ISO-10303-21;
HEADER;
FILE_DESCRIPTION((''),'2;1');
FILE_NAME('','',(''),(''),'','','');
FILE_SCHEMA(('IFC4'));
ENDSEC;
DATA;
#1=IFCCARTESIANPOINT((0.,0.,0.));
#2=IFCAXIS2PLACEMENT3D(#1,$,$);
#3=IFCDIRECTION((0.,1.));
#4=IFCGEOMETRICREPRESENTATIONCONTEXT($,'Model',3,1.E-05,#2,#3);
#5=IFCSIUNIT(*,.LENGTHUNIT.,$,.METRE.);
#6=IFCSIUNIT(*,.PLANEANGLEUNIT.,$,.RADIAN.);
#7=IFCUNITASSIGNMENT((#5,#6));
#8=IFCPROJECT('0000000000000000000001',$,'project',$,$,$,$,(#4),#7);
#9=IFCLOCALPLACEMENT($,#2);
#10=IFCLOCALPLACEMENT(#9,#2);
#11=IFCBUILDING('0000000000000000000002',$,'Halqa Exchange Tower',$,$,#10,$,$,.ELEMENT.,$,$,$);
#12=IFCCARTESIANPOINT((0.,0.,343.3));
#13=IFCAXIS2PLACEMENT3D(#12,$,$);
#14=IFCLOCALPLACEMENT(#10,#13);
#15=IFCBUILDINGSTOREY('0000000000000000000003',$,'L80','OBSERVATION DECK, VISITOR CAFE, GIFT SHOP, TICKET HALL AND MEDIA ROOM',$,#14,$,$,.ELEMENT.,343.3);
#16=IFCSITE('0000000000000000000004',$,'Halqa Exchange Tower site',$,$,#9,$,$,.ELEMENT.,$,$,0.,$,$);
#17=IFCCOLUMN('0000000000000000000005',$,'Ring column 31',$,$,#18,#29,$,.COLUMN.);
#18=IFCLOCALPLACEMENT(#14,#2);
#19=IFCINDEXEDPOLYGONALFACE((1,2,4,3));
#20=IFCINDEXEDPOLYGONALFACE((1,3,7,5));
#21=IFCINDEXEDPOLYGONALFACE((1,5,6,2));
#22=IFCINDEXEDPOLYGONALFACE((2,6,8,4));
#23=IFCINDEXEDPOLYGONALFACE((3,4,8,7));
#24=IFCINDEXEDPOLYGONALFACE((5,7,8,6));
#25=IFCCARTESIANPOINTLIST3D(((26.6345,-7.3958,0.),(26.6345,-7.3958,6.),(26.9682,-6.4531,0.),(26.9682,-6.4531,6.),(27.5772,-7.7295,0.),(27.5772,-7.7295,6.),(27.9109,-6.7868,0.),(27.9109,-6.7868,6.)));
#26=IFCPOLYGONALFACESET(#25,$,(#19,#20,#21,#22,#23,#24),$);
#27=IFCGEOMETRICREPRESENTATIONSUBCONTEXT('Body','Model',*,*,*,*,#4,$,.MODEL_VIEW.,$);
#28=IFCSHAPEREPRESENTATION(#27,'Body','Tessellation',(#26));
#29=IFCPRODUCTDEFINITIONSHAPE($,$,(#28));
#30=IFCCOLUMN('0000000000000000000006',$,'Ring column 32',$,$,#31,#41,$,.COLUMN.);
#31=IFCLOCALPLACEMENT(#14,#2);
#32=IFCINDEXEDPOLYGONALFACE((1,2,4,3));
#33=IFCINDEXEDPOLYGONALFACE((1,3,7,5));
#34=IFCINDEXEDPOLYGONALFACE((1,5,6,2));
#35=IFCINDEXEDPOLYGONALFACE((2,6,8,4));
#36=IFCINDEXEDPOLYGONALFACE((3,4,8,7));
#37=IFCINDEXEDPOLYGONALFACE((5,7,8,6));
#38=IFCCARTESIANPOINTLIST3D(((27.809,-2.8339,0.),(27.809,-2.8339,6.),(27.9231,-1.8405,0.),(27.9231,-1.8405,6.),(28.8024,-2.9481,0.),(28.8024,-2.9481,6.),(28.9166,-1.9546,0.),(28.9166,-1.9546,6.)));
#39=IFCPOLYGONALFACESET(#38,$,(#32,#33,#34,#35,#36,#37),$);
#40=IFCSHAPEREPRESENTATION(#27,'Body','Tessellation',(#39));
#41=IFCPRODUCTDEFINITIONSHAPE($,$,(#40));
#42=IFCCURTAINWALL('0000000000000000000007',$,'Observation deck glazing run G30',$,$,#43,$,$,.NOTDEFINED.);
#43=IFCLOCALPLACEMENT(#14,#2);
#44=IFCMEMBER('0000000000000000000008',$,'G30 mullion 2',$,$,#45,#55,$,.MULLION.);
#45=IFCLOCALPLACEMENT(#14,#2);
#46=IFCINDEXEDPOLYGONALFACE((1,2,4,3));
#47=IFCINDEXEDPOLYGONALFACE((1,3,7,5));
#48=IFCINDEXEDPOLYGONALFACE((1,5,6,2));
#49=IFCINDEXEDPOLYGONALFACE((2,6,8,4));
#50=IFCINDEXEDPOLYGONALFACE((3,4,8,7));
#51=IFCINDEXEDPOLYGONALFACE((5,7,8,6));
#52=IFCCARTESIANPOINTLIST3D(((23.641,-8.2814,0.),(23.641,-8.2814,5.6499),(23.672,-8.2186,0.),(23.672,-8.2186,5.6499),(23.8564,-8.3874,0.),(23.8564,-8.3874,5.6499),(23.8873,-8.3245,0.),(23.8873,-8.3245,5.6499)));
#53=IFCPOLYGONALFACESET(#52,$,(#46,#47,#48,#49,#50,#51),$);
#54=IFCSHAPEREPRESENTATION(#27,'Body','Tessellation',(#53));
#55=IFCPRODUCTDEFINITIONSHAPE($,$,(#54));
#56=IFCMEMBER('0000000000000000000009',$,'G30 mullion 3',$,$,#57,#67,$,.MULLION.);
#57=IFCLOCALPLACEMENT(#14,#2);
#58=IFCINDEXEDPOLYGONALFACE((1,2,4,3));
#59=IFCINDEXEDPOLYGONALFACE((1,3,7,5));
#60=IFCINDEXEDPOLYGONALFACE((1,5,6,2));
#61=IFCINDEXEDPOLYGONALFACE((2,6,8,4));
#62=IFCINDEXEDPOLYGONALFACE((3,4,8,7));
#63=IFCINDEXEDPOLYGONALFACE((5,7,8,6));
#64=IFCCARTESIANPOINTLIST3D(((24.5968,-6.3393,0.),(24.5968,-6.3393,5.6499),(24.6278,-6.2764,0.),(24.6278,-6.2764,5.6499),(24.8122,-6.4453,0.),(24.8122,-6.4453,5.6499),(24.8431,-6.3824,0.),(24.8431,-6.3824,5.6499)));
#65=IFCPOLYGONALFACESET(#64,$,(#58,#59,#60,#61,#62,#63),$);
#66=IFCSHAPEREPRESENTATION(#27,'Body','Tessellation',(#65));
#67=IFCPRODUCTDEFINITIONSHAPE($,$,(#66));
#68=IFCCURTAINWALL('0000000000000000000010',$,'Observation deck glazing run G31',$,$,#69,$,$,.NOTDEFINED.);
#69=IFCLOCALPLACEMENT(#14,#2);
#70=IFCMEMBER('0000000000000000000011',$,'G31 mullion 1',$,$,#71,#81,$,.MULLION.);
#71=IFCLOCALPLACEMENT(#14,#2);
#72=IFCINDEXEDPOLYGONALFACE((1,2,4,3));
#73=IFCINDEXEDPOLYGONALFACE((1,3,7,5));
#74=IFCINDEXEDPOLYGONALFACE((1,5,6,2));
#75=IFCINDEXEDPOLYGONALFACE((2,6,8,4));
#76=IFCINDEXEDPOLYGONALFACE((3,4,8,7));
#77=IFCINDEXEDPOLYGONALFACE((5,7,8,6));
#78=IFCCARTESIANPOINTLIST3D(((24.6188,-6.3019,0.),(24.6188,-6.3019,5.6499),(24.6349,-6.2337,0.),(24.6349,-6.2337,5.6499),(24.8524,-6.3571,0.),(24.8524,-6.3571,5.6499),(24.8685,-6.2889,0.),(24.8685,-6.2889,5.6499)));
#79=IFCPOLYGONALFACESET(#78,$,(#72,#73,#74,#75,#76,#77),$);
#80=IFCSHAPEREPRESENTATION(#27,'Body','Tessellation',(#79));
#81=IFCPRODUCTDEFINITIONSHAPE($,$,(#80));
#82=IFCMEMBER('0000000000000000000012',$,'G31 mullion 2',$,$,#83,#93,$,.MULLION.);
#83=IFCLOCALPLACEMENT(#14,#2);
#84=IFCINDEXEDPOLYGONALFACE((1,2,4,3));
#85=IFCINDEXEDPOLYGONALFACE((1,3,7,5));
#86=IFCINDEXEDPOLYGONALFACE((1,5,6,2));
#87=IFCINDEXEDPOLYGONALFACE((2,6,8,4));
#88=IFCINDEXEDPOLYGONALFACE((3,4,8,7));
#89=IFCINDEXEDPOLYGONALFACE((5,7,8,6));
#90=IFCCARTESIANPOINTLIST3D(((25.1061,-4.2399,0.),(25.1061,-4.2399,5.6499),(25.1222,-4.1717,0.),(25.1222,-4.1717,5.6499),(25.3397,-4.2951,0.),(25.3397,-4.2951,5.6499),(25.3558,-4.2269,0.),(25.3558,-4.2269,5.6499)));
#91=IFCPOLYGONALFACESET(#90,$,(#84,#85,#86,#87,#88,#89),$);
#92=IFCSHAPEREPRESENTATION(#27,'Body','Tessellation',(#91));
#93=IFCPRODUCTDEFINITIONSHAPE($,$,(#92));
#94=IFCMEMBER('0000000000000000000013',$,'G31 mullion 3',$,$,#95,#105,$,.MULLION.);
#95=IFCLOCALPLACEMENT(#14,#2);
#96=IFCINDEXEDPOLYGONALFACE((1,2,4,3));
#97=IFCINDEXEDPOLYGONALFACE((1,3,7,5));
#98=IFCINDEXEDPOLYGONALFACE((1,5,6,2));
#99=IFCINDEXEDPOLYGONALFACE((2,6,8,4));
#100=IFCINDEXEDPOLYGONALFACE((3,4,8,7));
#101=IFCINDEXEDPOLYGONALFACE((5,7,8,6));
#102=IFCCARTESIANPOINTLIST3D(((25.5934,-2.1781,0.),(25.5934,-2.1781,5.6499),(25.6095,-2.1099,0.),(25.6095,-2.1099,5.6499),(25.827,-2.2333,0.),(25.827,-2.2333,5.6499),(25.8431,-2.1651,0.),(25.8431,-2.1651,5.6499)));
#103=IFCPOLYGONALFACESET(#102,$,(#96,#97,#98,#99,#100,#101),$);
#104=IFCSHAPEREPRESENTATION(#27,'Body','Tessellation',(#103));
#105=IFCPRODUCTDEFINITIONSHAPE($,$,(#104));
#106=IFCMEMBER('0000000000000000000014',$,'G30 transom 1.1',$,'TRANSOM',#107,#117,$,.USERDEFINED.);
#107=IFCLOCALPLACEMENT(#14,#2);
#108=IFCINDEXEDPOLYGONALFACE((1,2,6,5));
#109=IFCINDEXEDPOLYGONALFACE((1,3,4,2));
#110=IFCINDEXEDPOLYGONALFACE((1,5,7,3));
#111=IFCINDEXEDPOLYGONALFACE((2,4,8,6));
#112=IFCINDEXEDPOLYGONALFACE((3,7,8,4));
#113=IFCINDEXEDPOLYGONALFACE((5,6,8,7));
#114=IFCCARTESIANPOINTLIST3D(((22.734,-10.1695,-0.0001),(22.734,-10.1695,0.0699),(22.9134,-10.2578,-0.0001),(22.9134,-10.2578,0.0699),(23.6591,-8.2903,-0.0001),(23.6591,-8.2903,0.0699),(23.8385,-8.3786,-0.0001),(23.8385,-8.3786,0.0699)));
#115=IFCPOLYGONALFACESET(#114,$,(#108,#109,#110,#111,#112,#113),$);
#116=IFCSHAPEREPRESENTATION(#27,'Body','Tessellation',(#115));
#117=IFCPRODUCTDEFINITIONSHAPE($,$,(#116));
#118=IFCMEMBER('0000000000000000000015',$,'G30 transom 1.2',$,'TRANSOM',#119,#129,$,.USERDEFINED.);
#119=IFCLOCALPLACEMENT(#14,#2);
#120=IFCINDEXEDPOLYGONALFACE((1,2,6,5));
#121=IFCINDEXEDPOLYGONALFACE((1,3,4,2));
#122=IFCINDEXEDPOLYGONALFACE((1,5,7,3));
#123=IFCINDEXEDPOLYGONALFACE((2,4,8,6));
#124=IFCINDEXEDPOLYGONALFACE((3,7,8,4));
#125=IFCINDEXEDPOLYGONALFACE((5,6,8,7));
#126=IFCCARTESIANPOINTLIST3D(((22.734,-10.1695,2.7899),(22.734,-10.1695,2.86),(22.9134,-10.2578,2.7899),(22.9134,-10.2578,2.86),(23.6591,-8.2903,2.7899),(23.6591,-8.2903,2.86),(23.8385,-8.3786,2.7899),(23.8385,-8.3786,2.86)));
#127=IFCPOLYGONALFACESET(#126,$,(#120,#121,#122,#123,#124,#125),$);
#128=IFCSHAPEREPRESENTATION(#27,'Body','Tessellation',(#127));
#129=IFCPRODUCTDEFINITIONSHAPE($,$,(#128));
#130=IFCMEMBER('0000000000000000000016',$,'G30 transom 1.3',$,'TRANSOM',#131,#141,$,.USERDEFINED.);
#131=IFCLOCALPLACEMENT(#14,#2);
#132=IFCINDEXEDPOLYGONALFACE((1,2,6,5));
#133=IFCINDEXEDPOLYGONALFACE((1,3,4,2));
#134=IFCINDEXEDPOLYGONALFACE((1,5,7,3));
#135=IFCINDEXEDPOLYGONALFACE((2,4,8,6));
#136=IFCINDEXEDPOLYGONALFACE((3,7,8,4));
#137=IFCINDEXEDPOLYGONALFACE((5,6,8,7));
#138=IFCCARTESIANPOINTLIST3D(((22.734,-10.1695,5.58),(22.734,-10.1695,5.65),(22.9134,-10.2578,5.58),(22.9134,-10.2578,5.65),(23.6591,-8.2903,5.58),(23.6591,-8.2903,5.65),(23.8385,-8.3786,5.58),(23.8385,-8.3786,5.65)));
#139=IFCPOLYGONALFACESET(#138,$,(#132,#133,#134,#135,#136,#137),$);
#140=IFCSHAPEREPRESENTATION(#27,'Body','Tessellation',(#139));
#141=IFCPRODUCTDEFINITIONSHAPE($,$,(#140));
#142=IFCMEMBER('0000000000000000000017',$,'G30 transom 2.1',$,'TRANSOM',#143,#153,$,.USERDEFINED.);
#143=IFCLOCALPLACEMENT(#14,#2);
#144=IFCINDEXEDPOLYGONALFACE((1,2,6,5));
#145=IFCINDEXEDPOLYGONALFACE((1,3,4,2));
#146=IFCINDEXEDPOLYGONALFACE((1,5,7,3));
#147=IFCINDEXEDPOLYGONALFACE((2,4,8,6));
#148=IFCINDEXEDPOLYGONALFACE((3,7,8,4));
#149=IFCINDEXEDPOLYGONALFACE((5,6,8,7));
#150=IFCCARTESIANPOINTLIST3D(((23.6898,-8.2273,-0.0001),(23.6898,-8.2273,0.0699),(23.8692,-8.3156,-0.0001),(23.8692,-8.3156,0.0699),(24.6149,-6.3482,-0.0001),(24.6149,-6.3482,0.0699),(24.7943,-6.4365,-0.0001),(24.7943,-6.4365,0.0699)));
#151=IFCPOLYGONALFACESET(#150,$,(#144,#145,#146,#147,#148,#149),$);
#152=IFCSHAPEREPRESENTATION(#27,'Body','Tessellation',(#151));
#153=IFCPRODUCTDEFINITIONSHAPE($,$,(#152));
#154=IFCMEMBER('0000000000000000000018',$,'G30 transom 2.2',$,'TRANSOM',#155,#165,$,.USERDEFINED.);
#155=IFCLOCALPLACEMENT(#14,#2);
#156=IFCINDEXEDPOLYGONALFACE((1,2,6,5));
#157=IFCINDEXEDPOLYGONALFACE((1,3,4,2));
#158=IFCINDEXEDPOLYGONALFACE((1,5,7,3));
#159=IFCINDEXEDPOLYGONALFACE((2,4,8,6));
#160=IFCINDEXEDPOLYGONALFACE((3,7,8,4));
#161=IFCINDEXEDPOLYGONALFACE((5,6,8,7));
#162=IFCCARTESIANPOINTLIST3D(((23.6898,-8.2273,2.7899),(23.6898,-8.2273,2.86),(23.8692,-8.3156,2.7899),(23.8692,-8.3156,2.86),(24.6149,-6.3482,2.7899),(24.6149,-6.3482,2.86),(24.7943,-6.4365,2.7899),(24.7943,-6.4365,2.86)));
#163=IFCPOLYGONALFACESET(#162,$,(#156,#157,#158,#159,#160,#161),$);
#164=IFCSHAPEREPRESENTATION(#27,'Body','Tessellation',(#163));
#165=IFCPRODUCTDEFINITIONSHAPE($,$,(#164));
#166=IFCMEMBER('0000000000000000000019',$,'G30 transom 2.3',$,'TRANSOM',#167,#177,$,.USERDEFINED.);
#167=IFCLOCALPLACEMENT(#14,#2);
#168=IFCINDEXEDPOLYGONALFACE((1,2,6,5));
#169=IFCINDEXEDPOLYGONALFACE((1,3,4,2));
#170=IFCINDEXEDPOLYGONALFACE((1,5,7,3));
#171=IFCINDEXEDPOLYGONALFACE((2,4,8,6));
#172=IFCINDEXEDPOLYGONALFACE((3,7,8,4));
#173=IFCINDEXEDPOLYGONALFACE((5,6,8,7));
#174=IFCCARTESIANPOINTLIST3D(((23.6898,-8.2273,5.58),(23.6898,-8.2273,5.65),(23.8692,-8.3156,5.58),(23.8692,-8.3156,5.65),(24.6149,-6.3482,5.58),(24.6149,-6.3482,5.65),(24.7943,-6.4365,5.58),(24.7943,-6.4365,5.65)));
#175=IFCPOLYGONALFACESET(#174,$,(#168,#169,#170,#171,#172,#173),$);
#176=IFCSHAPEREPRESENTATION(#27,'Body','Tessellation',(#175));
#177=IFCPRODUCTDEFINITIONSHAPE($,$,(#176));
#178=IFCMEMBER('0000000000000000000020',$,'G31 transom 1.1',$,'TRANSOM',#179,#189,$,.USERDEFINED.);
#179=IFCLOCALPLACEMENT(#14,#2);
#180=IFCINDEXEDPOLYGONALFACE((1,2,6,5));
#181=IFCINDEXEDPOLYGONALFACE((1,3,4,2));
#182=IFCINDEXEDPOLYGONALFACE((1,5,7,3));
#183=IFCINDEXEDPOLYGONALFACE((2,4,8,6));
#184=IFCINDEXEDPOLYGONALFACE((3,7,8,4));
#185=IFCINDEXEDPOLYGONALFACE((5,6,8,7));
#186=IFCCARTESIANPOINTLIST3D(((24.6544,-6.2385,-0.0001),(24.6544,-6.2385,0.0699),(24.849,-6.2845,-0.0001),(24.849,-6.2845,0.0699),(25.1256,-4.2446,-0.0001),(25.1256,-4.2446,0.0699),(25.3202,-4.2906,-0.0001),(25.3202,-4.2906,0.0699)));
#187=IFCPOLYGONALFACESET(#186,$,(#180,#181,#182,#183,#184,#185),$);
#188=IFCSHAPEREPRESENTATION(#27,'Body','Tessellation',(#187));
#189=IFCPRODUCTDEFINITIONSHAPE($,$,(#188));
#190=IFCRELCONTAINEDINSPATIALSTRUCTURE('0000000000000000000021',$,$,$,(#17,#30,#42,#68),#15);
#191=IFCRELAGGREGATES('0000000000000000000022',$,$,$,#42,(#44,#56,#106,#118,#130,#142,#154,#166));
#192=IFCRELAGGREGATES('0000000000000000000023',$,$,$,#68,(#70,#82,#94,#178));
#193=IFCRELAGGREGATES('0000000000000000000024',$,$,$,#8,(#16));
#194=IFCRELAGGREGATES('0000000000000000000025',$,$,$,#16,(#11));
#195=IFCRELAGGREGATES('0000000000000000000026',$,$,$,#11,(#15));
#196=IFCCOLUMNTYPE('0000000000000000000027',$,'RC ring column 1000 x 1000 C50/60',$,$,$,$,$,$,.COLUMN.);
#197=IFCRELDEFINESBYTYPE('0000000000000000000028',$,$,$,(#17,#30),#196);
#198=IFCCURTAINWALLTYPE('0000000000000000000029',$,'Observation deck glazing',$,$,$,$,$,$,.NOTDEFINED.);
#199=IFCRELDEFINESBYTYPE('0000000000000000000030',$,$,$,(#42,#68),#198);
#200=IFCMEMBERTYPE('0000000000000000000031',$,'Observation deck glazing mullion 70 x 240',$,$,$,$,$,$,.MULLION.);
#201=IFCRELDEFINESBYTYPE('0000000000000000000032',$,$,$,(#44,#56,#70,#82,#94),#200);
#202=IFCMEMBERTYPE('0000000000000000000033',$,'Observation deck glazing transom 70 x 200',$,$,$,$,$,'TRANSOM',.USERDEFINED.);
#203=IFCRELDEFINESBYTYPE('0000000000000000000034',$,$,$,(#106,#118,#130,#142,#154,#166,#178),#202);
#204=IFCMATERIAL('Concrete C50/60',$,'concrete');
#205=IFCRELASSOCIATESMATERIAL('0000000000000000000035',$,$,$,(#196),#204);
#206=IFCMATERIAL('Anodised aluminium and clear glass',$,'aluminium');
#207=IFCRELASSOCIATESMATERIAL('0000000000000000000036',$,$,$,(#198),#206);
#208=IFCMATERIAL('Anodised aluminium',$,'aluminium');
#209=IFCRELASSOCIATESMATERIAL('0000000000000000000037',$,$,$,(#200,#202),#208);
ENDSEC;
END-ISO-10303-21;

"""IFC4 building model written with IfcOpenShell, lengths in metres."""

from ifc_helpers import new_model, si_unit, direction, frame, origin, origin_2d, place, context, subcontext, project, spatial, rectangle, extrude, material, material_profile, profile_set, type_object, element, aggregate, save


model = new_model("IFC4")

# Units and contexts
model_context = context("Model", 3, precision=1e-05, world=origin(), true_north=direction((0.0, 1.0)))
body_context = subcontext(model_context, "Body", "Model", "MODEL_VIEW")
ifc_project = project(units=[si_unit("LENGTHUNIT", "METRE"), si_unit("PLANEANGLEUNIT", "RADIAN")], contexts=[model_context])

# Site, building, storey
site_placement = place(None, origin())
site = spatial("IfcSite", under=ifc_project, at=site_placement, Name="Halqa Exchange Tower site", CompositionType="ELEMENT", RefElevation=0.0)
building_placement = place(site_placement, origin())
building = spatial("IfcBuilding", under=site, at=building_placement, Name="Halqa Exchange Tower", CompositionType="ELEMENT")
storey_placement = place(building_placement, frame((0.0, 0.0, 343.3)))
storey = spatial("IfcBuildingStorey", under=building, at=storey_placement, Name="L80", Description="OBSERVATION DECK, VISITOR CAFE, GIFT SHOP, TICKET HALL AND MEDIA ROOM", CompositionType="ELEMENT", Elevation=343.3)

# Columns
ifc_material_1 = material(Name="Concrete C50/60", Category="concrete")
ifc_material_profile_1 = material_profile(ifc_material_1, rectangle(XDim=1.0, YDim=1.0, at=origin_2d()), Name="1000 x 1000")
ifc_profile_set_1 = profile_set([ifc_material_profile_1], Name="Concrete C50/60")
column_type = type_object("IfcColumnType", Name="RC ring column 1000 x 1000 C50/60", PredefinedType="COLUMN", material=ifc_profile_set_1)
for number, where, z_axis, x_axis, name in (
    (1, (27.2727, -7.0913, 0.0), (0.0, 0.0, 1.0), (0.333624, 0.942706, 0.0), "Ring column 31"),
    (2, (28.3628, -2.3943, 0.0), (0.0, 0.0, 1.0), (0.11416, 0.993462, 0.0), "Ring column 32"),
):
    element("IfcColumn", number, at=place(storey_placement, frame(where, z_axis=z_axis, x_axis=x_axis)), inside=storey, type_object=column_type, Name=name, PredefinedType="COLUMN", context=body_context, shape_type="SweptSolid", body=[
        extrude(rectangle(XDim=1.0, YDim=1.0, at=origin_2d()), origin(), (0.0, 0.0, 1.0), 6.0),
    ])

# Curtain walls, members
ifc_material_2 = material(Name="Anodised aluminium and clear glass", Category="aluminium")
curtain_wall_type = type_object("IfcCurtainWallType", Name="Observation deck glazing", PredefinedType="NOTDEFINED", material=ifc_material_2)
curtain_wall_1_placement = place(storey_placement, origin())
curtain_wall_1 = element("IfcCurtainWall", 3, at=curtain_wall_1_placement, inside=storey, type_object=curtain_wall_type, Name="Observation deck glazing run G30", PredefinedType="NOTDEFINED")
ifc_material_3 = material(Name="Anodised aluminium", Category="aluminium")
ifc_material_profile_2 = material_profile(ifc_material_3, rectangle(XDim=0.24, YDim=0.0701, at=origin_2d()), Name="AL 70x240")
ifc_profile_set_2 = profile_set([ifc_material_profile_2], Name="Anodised aluminium")
member_type_1 = type_object("IfcMemberType", Name="Observation deck glazing mullion 70 x 240", PredefinedType="MULLION", material=ifc_profile_set_2)
member_1_placement = place(storey_placement, frame((23.7642, -8.303, 0.0), z_axis=(0.0, 0.0, 1.0), x_axis=(-0.897215, 0.441595, 0.0)))
member_1 = element("IfcMember", 4, at=member_1_placement, type_object=member_type_1, Name="G30 mullion 2", PredefinedType="MULLION", context=body_context, shape_type="SweptSolid", body=[
    extrude(rectangle(XDim=0.24, YDim=0.0701, at=origin_2d()), origin(), (0.0, 0.0, 1.0), 5.6499),
])
member_2_placement = place(storey_placement, frame((24.72, -6.3608, 0.0), z_axis=(0.0, 0.0, 1.0), x_axis=(-0.897215, 0.441595, 0.0)))
member_2 = element("IfcMember", 5, at=member_2_placement, type_object=member_type_1, Name="G30 mullion 3", PredefinedType="MULLION", context=body_context, shape_type="SweptSolid", body=[
    extrude(rectangle(XDim=0.24, YDim=0.0701, at=origin_2d()), origin(), (0.0, 0.0, 1.0), 5.6499),
])
curtain_wall_2_placement = place(storey_placement, origin())
curtain_wall_2 = element("IfcCurtainWall", 6, at=curtain_wall_2_placement, inside=storey, type_object=curtain_wall_type, Name="Observation deck glazing run G31", PredefinedType="NOTDEFINED")
member_3_placement = place(storey_placement, frame((24.7437, -6.2954, 0.0), z_axis=(0.0, 0.0, 1.0), x_axis=(-0.973192, 0.229995, 0.0)))
member_3 = element("IfcMember", 7, at=member_3_placement, type_object=member_type_1, Name="G31 mullion 1", PredefinedType="MULLION", context=body_context, shape_type="SweptSolid", body=[
    extrude(rectangle(XDim=0.24, YDim=0.0701, at=origin_2d()), origin(), (0.0, 0.0, 1.0), 5.6499),
])
member_4_placement = place(storey_placement, frame((25.231, -4.2334, 0.0), z_axis=(0.0, 0.0, 1.0), x_axis=(-0.973192, 0.229995, 0.0)))
member_4 = element("IfcMember", 8, at=member_4_placement, type_object=member_type_1, Name="G31 mullion 2", PredefinedType="MULLION", context=body_context, shape_type="SweptSolid", body=[
    extrude(rectangle(XDim=0.24, YDim=0.0701, at=origin_2d()), origin(), (0.0, 0.0, 1.0), 5.6499),
])
member_5_placement = place(storey_placement, frame((25.7183, -2.1716, 0.0), z_axis=(0.0, 0.0, 1.0), x_axis=(-0.973192, 0.229995, 0.0)))
member_5 = element("IfcMember", 9, at=member_5_placement, type_object=member_type_1, Name="G31 mullion 3", PredefinedType="MULLION", context=body_context, shape_type="SweptSolid", body=[
    extrude(rectangle(XDim=0.24, YDim=0.0701, at=origin_2d()), origin(), (0.0, 0.0, 1.0), 5.6499),
])

# Members
ifc_material_profile_3 = material_profile(ifc_material_3, rectangle(XDim=0.2, YDim=0.0701, at=origin_2d()), Name="AL 70x200")
ifc_profile_set_3 = profile_set([ifc_material_profile_3], Name="Anodised aluminium")
member_type_2 = type_object("IfcMemberType", Name="Observation deck glazing transom 70 x 200", ElementType="TRANSOM", PredefinedType="USERDEFINED", material=ifc_profile_set_3)
member_6_placement = place(storey_placement, frame((22.8237, -10.2136, 0.0349), z_axis=(0.441657, 0.897184, 0.0), x_axis=(-0.897184, 0.441657, 0.0)))
member_6 = element("IfcMember", 10, at=member_6_placement, type_object=member_type_2, Name="G30 transom 1.1", ObjectType="TRANSOM", PredefinedType="USERDEFINED", context=body_context, shape_type="SweptSolid", body=[
    extrude(rectangle(XDim=0.2, YDim=0.0701, at=origin_2d()), origin(), (0.0, 0.0, 1.0), 2.0945),
])
member_7_placement = place(storey_placement, frame((22.8237, -10.2136, 2.825), z_axis=(0.441657, 0.897184, 0.0), x_axis=(-0.897184, 0.441657, 0.0)))
member_7 = element("IfcMember", 11, at=member_7_placement, type_object=member_type_2, Name="G30 transom 1.2", ObjectType="TRANSOM", PredefinedType="USERDEFINED", context=body_context, shape_type="SweptSolid", body=[
    extrude(rectangle(XDim=0.2, YDim=0.0701, at=origin_2d()), origin(), (0.0, 0.0, 1.0), 2.0945),
])
member_8_placement = place(storey_placement, frame((22.8237, -10.2136, 5.615), z_axis=(0.441657, 0.897184, 0.0), x_axis=(-0.897184, 0.441657, 0.0)))
member_8 = element("IfcMember", 12, at=member_8_placement, type_object=member_type_2, Name="G30 transom 1.3", ObjectType="TRANSOM", PredefinedType="USERDEFINED", context=body_context, shape_type="SweptSolid", body=[
    extrude(rectangle(XDim=0.2, YDim=0.0701, at=origin_2d()), origin(), (0.0, 0.0, 1.0), 2.0945),
])
member_9_placement = place(storey_placement, frame((23.7795, -8.2715, 0.0349), z_axis=(0.441657, 0.897184, 0.0), x_axis=(-0.897184, 0.441657, 0.0)))
member_9 = element("IfcMember", 13, at=member_9_placement, type_object=member_type_2, Name="G30 transom 2.1", ObjectType="TRANSOM", PredefinedType="USERDEFINED", context=body_context, shape_type="SweptSolid", body=[
    extrude(rectangle(XDim=0.2, YDim=0.0701, at=origin_2d()), origin(), (0.0, 0.0, 1.0), 2.0945),
])
member_10_placement = place(storey_placement, frame((23.7795, -8.2715, 2.825), z_axis=(0.441657, 0.897184, 0.0), x_axis=(-0.897184, 0.441657, 0.0)))
member_10 = element("IfcMember", 14, at=member_10_placement, type_object=member_type_2, Name="G30 transom 2.2", ObjectType="TRANSOM", PredefinedType="USERDEFINED", context=body_context, shape_type="SweptSolid", body=[
    extrude(rectangle(XDim=0.2, YDim=0.0701, at=origin_2d()), origin(), (0.0, 0.0, 1.0), 2.0945),
])
member_11_placement = place(storey_placement, frame((23.7795, -8.2715, 5.615), z_axis=(0.441657, 0.897184, 0.0), x_axis=(-0.897184, 0.441657, 0.0)))
member_11 = element("IfcMember", 15, at=member_11_placement, type_object=member_type_2, Name="G30 transom 2.3", ObjectType="TRANSOM", PredefinedType="USERDEFINED", context=body_context, shape_type="SweptSolid", body=[
    extrude(rectangle(XDim=0.2, YDim=0.0701, at=origin_2d()), origin(), (0.0, 0.0, 1.0), 2.0945),
])
member_12_placement = place(storey_placement, frame((24.7517, -6.2615, 0.0349), z_axis=(0.229982, 0.973195, 0.0), x_axis=(-0.973195, 0.229982, 0.0)))
member_12 = element("IfcMember", 16, at=member_12_placement, type_object=member_type_2, Name="G31 transom 1.1", ObjectType="TRANSOM", PredefinedType="USERDEFINED", context=body_context, shape_type="SweptSolid", body=[
    extrude(rectangle(XDim=0.2, YDim=0.0701, at=origin_2d()), origin(), (0.0, 0.0, 1.0), 2.0488),
])

aggregate(curtain_wall_1, [member_1, member_2, member_6, member_7, member_8, member_9, member_10, member_11])
aggregate(curtain_wall_2, [member_3, member_4, member_5, member_12])

save(model, "model.ifc")
